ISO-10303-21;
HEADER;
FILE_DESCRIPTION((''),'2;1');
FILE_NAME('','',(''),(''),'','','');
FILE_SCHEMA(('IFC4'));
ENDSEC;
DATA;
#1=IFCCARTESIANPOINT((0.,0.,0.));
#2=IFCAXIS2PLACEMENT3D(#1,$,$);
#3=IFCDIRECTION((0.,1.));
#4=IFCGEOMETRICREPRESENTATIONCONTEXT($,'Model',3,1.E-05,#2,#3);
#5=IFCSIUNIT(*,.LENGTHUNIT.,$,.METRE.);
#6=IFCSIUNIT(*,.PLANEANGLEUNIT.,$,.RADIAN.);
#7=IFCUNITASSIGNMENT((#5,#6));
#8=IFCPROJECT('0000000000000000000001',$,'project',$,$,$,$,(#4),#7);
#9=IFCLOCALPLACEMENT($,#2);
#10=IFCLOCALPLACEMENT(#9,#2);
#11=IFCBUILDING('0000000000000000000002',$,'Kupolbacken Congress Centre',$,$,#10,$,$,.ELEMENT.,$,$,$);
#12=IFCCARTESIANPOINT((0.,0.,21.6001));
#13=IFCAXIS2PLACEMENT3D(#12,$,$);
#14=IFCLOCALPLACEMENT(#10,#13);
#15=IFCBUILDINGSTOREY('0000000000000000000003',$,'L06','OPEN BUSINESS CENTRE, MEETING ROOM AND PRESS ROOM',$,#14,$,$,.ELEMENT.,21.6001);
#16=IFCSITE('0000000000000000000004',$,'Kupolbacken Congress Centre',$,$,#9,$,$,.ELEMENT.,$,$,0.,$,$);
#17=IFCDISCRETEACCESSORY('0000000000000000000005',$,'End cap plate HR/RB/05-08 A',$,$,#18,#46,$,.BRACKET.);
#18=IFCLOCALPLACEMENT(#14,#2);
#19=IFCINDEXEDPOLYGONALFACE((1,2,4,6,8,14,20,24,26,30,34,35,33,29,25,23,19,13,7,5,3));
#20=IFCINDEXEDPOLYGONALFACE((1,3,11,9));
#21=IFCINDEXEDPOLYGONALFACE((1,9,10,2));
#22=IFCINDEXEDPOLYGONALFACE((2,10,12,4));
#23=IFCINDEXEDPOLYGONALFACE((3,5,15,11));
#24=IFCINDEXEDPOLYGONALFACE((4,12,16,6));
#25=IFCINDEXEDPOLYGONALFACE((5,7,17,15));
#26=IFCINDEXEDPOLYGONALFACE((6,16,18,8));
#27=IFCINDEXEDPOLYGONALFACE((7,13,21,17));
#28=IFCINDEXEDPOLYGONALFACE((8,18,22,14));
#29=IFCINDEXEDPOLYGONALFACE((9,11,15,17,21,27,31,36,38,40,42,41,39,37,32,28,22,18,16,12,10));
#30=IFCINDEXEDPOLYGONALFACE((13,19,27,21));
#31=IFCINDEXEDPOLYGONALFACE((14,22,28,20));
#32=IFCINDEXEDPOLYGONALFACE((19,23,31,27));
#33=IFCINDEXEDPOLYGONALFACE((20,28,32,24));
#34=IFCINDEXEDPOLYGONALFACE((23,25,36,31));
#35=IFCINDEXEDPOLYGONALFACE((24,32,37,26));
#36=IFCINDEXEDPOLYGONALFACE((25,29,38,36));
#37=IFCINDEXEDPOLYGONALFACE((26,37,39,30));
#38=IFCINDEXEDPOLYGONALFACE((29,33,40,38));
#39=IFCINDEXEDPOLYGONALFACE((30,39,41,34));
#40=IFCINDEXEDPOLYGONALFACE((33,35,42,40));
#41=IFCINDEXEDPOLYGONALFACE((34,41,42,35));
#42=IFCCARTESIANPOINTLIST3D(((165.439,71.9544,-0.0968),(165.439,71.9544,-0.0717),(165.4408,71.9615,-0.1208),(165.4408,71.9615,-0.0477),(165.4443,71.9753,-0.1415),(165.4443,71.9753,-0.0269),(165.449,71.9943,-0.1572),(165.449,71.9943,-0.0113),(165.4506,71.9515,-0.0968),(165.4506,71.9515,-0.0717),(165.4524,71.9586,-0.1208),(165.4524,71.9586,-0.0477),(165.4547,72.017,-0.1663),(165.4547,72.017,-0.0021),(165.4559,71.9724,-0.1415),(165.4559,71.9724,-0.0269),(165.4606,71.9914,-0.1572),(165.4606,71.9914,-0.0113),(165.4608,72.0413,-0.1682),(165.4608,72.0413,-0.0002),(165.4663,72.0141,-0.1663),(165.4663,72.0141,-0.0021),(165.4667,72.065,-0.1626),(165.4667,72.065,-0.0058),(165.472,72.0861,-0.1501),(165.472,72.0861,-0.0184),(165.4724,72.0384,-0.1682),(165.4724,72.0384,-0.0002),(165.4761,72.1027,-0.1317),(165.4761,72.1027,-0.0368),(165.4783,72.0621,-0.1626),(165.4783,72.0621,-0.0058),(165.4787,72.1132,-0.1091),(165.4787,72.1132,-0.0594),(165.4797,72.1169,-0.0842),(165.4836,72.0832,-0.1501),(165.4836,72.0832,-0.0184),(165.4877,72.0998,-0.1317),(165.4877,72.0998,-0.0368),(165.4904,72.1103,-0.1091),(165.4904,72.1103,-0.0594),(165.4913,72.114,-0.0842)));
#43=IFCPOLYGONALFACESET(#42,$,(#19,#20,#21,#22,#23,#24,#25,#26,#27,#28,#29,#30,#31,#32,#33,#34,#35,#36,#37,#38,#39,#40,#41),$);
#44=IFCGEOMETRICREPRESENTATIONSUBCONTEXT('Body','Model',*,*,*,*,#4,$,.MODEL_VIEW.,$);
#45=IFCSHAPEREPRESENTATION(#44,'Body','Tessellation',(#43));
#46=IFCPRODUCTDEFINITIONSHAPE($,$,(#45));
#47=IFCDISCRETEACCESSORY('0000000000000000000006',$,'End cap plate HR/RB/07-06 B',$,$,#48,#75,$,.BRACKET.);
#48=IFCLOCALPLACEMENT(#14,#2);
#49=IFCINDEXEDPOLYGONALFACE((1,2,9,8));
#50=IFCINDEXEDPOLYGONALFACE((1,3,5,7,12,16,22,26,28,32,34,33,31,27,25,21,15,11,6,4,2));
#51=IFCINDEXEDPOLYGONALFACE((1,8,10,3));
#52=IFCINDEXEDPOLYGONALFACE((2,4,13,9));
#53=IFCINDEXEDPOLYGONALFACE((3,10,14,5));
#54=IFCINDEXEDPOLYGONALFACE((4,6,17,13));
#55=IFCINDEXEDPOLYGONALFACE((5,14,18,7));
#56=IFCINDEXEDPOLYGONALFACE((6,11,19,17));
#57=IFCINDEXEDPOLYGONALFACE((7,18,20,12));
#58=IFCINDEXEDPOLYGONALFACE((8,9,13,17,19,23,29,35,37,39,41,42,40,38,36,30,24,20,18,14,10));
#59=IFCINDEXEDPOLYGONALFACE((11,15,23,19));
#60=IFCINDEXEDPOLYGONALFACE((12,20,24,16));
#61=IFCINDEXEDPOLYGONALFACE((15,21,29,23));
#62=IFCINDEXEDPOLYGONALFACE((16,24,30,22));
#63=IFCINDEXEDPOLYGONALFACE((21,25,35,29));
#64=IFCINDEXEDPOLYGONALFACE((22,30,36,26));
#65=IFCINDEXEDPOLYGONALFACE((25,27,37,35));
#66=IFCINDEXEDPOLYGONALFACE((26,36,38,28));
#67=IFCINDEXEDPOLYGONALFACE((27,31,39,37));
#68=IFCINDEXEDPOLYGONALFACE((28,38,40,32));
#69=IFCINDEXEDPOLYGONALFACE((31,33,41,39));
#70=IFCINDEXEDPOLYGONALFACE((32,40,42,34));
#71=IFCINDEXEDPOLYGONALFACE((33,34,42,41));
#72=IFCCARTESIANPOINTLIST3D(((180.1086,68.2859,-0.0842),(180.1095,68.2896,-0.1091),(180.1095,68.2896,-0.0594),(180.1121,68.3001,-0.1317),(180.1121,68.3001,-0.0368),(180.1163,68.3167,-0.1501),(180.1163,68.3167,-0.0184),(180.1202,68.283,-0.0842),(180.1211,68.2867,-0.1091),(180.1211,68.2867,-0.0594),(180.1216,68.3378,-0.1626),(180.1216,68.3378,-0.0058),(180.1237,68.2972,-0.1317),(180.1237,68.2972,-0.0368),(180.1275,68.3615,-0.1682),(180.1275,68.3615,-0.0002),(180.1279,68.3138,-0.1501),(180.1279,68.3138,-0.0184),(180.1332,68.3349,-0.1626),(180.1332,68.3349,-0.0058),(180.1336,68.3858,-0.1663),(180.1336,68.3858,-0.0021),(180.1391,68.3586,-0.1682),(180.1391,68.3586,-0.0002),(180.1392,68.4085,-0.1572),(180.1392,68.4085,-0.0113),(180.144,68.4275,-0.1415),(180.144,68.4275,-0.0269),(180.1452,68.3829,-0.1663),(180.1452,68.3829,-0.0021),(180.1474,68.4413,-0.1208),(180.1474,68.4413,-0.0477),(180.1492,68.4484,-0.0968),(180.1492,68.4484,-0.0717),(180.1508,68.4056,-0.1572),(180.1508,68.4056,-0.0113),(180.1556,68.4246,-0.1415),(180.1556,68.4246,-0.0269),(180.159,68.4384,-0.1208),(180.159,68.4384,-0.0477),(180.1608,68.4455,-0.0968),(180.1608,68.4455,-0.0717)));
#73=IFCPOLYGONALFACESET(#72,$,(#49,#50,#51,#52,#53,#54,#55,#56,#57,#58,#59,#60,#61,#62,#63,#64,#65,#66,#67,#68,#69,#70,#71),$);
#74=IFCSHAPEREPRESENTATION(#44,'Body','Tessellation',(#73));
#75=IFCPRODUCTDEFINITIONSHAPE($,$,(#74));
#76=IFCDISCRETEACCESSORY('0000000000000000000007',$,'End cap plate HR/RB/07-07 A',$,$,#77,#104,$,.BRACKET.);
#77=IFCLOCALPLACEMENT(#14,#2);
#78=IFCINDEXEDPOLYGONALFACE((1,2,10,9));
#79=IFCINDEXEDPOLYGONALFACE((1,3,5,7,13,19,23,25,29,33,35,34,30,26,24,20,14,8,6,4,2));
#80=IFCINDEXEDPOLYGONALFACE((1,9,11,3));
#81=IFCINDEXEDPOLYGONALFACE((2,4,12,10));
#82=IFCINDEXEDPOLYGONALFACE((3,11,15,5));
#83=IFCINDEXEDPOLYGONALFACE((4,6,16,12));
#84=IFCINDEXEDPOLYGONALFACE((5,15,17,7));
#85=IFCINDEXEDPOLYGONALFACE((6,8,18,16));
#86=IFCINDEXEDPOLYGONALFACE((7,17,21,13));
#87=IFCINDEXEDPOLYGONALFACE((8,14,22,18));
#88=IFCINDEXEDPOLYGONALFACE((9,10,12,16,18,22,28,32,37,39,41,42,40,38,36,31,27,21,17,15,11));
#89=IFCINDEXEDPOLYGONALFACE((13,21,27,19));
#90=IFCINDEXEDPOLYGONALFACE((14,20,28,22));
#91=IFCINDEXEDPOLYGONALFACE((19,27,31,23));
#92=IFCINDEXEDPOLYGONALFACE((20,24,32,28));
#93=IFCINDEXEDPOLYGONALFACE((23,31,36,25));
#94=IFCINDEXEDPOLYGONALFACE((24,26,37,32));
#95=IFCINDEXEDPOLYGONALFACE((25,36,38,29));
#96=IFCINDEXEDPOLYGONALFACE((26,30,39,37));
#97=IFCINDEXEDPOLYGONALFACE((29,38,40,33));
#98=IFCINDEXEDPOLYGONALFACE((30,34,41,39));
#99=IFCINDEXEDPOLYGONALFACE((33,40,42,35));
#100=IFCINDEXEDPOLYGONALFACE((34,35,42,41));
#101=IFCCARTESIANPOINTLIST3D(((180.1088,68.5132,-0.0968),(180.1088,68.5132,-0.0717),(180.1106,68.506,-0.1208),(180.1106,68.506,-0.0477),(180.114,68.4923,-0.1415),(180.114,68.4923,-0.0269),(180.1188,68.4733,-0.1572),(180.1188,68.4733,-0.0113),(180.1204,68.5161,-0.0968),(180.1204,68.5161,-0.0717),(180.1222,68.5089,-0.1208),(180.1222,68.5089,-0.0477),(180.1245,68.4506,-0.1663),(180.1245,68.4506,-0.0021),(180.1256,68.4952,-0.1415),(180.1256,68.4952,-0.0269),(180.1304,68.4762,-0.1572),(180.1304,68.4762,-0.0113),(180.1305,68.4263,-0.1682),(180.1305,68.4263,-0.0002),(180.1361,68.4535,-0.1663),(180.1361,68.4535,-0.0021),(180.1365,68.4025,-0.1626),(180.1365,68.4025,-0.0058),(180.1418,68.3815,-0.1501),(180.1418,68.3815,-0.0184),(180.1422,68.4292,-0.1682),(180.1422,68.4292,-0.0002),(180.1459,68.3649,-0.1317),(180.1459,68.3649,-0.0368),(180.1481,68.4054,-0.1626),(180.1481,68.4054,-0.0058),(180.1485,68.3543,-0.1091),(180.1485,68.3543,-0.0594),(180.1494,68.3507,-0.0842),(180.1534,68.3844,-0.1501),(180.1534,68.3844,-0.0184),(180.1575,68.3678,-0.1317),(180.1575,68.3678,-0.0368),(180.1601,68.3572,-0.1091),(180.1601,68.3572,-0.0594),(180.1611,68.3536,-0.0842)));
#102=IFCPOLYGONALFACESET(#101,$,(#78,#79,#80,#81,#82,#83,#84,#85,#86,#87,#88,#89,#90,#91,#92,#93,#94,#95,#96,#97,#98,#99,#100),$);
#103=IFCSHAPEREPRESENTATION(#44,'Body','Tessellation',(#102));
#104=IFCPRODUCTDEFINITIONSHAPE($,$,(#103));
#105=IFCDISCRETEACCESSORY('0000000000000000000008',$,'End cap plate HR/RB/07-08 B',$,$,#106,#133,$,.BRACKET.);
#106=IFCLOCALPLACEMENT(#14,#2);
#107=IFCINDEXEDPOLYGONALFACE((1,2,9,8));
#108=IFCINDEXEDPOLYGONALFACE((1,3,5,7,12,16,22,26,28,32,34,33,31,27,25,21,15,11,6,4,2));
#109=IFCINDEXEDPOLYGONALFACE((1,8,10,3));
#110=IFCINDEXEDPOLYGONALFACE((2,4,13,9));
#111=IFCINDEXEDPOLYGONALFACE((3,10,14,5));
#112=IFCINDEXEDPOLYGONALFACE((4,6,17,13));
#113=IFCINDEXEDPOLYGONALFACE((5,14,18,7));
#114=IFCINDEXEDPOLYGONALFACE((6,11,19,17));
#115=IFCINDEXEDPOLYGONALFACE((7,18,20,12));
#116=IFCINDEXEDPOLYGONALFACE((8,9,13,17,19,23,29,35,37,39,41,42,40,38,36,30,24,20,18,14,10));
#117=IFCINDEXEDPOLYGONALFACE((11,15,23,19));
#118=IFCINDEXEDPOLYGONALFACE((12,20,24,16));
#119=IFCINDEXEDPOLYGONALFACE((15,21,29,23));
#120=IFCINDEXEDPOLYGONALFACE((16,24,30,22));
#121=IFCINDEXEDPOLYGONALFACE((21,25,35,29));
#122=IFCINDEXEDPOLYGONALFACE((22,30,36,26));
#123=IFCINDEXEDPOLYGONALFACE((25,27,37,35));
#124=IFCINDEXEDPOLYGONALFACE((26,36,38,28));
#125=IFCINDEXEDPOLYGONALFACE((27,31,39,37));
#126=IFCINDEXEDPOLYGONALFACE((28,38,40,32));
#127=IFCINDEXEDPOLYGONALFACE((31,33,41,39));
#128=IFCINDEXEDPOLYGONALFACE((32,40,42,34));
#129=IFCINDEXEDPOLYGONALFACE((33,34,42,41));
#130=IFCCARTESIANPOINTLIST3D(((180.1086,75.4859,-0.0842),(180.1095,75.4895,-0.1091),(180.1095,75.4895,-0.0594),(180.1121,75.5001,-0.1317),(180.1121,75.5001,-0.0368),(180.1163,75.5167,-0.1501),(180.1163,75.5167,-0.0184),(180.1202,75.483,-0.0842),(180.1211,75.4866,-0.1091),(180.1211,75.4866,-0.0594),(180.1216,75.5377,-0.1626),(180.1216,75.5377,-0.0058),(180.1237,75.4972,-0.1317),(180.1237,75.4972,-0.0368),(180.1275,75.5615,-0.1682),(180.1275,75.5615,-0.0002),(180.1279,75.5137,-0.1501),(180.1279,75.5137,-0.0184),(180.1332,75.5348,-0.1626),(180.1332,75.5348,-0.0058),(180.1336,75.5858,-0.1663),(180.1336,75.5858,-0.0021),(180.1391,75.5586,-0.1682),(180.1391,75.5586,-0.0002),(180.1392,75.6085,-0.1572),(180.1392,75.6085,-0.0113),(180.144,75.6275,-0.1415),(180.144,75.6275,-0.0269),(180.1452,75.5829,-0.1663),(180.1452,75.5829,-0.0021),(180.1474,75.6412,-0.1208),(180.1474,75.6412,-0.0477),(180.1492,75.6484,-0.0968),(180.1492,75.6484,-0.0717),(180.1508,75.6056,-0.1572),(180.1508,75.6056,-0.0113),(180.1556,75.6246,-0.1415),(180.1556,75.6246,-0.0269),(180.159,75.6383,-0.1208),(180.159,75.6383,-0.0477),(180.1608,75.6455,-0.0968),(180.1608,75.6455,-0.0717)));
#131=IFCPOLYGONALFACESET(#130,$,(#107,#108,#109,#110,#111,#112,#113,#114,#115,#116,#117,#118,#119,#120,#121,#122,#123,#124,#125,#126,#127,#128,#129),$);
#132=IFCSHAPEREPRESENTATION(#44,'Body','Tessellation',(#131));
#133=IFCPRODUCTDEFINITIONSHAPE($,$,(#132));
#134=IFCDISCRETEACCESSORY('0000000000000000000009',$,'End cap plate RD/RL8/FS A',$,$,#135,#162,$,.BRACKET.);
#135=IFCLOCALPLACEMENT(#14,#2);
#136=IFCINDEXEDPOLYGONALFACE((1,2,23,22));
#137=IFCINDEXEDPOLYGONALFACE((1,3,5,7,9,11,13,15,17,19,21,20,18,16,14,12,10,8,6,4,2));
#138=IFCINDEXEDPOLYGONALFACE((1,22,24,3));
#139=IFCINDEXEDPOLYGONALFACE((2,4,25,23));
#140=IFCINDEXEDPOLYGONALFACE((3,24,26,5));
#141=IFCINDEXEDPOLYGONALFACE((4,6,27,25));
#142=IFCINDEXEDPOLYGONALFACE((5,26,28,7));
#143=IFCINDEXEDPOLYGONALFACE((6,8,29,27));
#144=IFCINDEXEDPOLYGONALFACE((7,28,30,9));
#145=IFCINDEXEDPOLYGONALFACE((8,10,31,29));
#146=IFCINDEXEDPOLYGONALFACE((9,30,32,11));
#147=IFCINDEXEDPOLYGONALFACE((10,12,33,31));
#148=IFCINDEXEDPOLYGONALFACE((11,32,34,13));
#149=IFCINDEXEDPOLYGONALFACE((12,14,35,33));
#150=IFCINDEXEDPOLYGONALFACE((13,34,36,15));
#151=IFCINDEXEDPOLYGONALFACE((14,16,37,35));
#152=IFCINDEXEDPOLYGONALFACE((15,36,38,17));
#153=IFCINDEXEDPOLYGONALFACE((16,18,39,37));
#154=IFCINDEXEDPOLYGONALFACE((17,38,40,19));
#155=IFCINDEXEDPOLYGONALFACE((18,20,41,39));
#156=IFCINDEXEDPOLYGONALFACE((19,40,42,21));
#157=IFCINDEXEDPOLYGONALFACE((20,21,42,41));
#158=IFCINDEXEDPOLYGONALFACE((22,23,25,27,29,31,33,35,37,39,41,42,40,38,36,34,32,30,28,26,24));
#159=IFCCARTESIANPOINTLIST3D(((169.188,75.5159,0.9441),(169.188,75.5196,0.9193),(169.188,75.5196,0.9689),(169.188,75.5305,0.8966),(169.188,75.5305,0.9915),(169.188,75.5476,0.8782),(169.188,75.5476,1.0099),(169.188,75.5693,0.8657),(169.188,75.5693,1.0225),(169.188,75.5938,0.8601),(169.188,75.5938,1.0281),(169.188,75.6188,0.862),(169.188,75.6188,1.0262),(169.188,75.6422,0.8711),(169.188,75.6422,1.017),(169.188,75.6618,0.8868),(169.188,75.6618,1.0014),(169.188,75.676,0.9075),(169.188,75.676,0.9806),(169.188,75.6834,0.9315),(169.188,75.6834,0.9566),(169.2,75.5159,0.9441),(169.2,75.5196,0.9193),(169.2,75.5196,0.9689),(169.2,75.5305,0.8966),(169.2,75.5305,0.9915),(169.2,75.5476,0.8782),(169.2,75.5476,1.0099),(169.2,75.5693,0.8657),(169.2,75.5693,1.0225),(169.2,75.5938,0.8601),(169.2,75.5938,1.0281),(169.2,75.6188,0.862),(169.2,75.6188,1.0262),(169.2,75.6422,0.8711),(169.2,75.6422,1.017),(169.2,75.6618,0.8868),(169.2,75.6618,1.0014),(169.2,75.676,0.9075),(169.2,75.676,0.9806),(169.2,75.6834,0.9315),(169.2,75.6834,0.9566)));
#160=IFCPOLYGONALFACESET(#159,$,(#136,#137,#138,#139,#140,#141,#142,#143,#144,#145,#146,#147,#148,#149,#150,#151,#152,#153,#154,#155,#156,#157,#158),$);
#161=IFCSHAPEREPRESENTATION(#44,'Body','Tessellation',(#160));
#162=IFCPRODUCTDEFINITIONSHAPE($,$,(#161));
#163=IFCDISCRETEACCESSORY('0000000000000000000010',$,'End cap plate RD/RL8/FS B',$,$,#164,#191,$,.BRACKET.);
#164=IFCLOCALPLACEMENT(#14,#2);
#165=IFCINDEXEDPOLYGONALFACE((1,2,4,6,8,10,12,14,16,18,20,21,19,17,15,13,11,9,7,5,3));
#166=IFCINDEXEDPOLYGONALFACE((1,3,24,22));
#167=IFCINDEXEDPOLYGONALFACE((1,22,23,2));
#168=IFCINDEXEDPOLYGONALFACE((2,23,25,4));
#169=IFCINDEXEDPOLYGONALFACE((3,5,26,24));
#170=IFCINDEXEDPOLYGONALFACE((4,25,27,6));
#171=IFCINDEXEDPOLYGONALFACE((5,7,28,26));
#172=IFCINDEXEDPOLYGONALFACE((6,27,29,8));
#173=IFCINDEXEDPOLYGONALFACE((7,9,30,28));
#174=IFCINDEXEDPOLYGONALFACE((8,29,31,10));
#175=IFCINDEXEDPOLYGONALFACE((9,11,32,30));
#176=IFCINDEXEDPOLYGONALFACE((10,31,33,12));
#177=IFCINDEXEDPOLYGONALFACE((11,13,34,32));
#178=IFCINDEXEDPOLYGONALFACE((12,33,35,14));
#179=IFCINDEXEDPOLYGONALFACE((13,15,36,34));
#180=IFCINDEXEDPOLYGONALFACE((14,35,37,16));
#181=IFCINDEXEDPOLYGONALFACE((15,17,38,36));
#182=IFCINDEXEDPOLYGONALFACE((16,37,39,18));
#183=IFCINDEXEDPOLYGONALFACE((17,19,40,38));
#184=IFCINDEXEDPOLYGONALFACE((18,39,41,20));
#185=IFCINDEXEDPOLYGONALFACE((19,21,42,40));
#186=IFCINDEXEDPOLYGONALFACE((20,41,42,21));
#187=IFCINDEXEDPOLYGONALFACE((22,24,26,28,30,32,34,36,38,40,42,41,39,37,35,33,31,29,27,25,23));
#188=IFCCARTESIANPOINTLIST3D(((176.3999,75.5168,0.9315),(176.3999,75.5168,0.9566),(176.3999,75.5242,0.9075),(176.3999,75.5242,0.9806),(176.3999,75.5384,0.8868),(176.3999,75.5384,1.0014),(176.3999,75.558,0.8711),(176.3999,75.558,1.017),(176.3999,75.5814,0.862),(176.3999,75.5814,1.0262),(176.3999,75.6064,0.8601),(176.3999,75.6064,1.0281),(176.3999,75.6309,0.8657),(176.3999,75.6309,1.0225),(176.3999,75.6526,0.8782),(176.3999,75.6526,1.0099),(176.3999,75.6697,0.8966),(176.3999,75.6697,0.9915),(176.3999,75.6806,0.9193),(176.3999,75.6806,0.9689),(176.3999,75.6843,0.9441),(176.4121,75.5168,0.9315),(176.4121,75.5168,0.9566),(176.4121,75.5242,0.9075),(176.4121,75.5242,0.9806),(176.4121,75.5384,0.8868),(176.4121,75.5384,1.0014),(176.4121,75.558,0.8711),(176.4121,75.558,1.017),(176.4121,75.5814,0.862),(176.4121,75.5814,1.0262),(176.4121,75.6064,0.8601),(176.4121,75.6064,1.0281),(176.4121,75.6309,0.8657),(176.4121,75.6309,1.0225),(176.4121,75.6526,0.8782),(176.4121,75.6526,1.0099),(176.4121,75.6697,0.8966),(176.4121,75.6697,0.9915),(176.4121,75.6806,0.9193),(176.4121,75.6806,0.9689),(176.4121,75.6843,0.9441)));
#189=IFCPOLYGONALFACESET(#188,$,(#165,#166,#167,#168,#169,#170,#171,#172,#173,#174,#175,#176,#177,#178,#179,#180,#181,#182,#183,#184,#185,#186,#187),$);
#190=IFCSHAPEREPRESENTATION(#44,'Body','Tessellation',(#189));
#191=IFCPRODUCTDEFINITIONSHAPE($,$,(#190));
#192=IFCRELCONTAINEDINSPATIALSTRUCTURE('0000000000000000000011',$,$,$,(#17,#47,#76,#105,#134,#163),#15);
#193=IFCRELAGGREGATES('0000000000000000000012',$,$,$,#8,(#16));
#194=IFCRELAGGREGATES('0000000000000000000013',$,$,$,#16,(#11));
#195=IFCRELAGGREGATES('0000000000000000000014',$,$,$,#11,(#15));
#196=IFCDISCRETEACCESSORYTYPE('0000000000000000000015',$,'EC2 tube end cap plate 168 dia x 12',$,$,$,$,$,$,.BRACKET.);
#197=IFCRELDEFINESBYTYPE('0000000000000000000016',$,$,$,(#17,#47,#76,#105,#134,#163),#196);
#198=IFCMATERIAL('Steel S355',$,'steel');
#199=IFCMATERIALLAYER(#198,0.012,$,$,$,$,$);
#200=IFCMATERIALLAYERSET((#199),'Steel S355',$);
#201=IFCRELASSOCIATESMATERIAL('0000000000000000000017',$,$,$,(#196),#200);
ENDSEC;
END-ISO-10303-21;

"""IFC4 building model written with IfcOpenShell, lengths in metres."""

from ifc_helpers import new_model, si_unit, direction, frame, origin, origin_2d, place, context, subcontext, project, spatial, circle, extrude, material, layer, layer_set, type_object, element, save


model = new_model("IFC4")

# Units and contexts
model_context = context("Model", 3, precision=1e-05, world=origin(), true_north=direction((0.0, 1.0)))
body_context = subcontext(model_context, "Body", "Model", "MODEL_VIEW")
ifc_project = project(units=[si_unit("LENGTHUNIT", "METRE"), si_unit("PLANEANGLEUNIT", "RADIAN")], contexts=[model_context])

# Site, building, storey
site_placement = place(None, origin())
site = spatial("IfcSite", under=ifc_project, at=site_placement, Name="Kupolbacken Congress Centre", CompositionType="ELEMENT", RefElevation=0.0)
building_placement = place(site_placement, origin())
building = spatial("IfcBuilding", under=site, at=building_placement, Name="Kupolbacken Congress Centre", CompositionType="ELEMENT")
storey_placement = place(building_placement, frame((0.0, 0.0, 21.6001)))
storey = spatial("IfcBuildingStorey", under=building, at=storey_placement, Name="L06", Description="OPEN BUSINESS CENTRE, MEETING ROOM AND PRESS ROOM", CompositionType="ELEMENT", Elevation=21.6001)

# Discrete accessories
ifc_material_1 = material(Name="Steel S355", Category="steel")
ifc_layer_1 = layer(ifc_material_1, 0.012)
ifc_layer_set_1 = layer_set([ifc_layer_1], Name="Steel S355")
discrete_accessory_type = type_object("IfcDiscreteAccessoryType", Name="EC2 tube end cap plate 168 dia x 12", PredefinedType="BRACKET", material=ifc_layer_set_1)
for number, where, z_axis, x_axis, name in (
    (1, (165.4592, 72.0352, -0.0842), (0.970143, -0.242536, 0.0), (0.242536, 0.970143, 0.0), "End cap plate HR/RB/05-08 A"),
    (2, (180.1406, 68.3647, -0.0842), (-0.970143, 0.242536, 0.0), (-0.242536, -0.970143, 0.0), "End cap plate HR/RB/07-06 B"),
    (3, (180.1406, 68.4353, -0.0842), (-0.970143, -0.242536, 0.0), (0.242536, -0.970143, 0.0), "End cap plate HR/RB/07-07 A"),
    (4, (180.1406, 75.5647, -0.0842), (-0.970143, 0.242536, 0.0), (-0.242536, -0.970143, 0.0), "End cap plate HR/RB/07-08 B"),
    (5, (169.2, 75.6001, 0.9441), (-1.0, 0.0, 0.0), (0.0, -1.0, 0.0), "End cap plate RD/RL8/FS A"),
):
    element("IfcDiscreteAccessory", number, at=place(storey_placement, frame(where, z_axis=z_axis, x_axis=x_axis)), inside=storey, type_object=discrete_accessory_type, Name=name, PredefinedType="BRACKET", context=body_context, shape_type="SweptSolid", body=[
        extrude(circle(Radius=0.0842, at=origin_2d()), origin(), (0.0, 0.0, 1.0), 0.012),
    ])
discrete_accessory_placement = place(storey_placement, frame((176.3999, 75.6001, 0.9441), z_axis=(1.0, 0.0, 0.0), x_axis=(0.0, 1.0, 0.0)))
element("IfcDiscreteAccessory", 6, at=discrete_accessory_placement, inside=storey, type_object=discrete_accessory_type, Name="End cap plate RD/RL8/FS B", PredefinedType="BRACKET", context=body_context, shape_type="SweptSolid", body=[
    extrude(circle(Radius=0.0842, at=origin_2d()), origin(), (0.0, 0.0, 1.0), 0.0122),
])

save(model, "model.ifc")
